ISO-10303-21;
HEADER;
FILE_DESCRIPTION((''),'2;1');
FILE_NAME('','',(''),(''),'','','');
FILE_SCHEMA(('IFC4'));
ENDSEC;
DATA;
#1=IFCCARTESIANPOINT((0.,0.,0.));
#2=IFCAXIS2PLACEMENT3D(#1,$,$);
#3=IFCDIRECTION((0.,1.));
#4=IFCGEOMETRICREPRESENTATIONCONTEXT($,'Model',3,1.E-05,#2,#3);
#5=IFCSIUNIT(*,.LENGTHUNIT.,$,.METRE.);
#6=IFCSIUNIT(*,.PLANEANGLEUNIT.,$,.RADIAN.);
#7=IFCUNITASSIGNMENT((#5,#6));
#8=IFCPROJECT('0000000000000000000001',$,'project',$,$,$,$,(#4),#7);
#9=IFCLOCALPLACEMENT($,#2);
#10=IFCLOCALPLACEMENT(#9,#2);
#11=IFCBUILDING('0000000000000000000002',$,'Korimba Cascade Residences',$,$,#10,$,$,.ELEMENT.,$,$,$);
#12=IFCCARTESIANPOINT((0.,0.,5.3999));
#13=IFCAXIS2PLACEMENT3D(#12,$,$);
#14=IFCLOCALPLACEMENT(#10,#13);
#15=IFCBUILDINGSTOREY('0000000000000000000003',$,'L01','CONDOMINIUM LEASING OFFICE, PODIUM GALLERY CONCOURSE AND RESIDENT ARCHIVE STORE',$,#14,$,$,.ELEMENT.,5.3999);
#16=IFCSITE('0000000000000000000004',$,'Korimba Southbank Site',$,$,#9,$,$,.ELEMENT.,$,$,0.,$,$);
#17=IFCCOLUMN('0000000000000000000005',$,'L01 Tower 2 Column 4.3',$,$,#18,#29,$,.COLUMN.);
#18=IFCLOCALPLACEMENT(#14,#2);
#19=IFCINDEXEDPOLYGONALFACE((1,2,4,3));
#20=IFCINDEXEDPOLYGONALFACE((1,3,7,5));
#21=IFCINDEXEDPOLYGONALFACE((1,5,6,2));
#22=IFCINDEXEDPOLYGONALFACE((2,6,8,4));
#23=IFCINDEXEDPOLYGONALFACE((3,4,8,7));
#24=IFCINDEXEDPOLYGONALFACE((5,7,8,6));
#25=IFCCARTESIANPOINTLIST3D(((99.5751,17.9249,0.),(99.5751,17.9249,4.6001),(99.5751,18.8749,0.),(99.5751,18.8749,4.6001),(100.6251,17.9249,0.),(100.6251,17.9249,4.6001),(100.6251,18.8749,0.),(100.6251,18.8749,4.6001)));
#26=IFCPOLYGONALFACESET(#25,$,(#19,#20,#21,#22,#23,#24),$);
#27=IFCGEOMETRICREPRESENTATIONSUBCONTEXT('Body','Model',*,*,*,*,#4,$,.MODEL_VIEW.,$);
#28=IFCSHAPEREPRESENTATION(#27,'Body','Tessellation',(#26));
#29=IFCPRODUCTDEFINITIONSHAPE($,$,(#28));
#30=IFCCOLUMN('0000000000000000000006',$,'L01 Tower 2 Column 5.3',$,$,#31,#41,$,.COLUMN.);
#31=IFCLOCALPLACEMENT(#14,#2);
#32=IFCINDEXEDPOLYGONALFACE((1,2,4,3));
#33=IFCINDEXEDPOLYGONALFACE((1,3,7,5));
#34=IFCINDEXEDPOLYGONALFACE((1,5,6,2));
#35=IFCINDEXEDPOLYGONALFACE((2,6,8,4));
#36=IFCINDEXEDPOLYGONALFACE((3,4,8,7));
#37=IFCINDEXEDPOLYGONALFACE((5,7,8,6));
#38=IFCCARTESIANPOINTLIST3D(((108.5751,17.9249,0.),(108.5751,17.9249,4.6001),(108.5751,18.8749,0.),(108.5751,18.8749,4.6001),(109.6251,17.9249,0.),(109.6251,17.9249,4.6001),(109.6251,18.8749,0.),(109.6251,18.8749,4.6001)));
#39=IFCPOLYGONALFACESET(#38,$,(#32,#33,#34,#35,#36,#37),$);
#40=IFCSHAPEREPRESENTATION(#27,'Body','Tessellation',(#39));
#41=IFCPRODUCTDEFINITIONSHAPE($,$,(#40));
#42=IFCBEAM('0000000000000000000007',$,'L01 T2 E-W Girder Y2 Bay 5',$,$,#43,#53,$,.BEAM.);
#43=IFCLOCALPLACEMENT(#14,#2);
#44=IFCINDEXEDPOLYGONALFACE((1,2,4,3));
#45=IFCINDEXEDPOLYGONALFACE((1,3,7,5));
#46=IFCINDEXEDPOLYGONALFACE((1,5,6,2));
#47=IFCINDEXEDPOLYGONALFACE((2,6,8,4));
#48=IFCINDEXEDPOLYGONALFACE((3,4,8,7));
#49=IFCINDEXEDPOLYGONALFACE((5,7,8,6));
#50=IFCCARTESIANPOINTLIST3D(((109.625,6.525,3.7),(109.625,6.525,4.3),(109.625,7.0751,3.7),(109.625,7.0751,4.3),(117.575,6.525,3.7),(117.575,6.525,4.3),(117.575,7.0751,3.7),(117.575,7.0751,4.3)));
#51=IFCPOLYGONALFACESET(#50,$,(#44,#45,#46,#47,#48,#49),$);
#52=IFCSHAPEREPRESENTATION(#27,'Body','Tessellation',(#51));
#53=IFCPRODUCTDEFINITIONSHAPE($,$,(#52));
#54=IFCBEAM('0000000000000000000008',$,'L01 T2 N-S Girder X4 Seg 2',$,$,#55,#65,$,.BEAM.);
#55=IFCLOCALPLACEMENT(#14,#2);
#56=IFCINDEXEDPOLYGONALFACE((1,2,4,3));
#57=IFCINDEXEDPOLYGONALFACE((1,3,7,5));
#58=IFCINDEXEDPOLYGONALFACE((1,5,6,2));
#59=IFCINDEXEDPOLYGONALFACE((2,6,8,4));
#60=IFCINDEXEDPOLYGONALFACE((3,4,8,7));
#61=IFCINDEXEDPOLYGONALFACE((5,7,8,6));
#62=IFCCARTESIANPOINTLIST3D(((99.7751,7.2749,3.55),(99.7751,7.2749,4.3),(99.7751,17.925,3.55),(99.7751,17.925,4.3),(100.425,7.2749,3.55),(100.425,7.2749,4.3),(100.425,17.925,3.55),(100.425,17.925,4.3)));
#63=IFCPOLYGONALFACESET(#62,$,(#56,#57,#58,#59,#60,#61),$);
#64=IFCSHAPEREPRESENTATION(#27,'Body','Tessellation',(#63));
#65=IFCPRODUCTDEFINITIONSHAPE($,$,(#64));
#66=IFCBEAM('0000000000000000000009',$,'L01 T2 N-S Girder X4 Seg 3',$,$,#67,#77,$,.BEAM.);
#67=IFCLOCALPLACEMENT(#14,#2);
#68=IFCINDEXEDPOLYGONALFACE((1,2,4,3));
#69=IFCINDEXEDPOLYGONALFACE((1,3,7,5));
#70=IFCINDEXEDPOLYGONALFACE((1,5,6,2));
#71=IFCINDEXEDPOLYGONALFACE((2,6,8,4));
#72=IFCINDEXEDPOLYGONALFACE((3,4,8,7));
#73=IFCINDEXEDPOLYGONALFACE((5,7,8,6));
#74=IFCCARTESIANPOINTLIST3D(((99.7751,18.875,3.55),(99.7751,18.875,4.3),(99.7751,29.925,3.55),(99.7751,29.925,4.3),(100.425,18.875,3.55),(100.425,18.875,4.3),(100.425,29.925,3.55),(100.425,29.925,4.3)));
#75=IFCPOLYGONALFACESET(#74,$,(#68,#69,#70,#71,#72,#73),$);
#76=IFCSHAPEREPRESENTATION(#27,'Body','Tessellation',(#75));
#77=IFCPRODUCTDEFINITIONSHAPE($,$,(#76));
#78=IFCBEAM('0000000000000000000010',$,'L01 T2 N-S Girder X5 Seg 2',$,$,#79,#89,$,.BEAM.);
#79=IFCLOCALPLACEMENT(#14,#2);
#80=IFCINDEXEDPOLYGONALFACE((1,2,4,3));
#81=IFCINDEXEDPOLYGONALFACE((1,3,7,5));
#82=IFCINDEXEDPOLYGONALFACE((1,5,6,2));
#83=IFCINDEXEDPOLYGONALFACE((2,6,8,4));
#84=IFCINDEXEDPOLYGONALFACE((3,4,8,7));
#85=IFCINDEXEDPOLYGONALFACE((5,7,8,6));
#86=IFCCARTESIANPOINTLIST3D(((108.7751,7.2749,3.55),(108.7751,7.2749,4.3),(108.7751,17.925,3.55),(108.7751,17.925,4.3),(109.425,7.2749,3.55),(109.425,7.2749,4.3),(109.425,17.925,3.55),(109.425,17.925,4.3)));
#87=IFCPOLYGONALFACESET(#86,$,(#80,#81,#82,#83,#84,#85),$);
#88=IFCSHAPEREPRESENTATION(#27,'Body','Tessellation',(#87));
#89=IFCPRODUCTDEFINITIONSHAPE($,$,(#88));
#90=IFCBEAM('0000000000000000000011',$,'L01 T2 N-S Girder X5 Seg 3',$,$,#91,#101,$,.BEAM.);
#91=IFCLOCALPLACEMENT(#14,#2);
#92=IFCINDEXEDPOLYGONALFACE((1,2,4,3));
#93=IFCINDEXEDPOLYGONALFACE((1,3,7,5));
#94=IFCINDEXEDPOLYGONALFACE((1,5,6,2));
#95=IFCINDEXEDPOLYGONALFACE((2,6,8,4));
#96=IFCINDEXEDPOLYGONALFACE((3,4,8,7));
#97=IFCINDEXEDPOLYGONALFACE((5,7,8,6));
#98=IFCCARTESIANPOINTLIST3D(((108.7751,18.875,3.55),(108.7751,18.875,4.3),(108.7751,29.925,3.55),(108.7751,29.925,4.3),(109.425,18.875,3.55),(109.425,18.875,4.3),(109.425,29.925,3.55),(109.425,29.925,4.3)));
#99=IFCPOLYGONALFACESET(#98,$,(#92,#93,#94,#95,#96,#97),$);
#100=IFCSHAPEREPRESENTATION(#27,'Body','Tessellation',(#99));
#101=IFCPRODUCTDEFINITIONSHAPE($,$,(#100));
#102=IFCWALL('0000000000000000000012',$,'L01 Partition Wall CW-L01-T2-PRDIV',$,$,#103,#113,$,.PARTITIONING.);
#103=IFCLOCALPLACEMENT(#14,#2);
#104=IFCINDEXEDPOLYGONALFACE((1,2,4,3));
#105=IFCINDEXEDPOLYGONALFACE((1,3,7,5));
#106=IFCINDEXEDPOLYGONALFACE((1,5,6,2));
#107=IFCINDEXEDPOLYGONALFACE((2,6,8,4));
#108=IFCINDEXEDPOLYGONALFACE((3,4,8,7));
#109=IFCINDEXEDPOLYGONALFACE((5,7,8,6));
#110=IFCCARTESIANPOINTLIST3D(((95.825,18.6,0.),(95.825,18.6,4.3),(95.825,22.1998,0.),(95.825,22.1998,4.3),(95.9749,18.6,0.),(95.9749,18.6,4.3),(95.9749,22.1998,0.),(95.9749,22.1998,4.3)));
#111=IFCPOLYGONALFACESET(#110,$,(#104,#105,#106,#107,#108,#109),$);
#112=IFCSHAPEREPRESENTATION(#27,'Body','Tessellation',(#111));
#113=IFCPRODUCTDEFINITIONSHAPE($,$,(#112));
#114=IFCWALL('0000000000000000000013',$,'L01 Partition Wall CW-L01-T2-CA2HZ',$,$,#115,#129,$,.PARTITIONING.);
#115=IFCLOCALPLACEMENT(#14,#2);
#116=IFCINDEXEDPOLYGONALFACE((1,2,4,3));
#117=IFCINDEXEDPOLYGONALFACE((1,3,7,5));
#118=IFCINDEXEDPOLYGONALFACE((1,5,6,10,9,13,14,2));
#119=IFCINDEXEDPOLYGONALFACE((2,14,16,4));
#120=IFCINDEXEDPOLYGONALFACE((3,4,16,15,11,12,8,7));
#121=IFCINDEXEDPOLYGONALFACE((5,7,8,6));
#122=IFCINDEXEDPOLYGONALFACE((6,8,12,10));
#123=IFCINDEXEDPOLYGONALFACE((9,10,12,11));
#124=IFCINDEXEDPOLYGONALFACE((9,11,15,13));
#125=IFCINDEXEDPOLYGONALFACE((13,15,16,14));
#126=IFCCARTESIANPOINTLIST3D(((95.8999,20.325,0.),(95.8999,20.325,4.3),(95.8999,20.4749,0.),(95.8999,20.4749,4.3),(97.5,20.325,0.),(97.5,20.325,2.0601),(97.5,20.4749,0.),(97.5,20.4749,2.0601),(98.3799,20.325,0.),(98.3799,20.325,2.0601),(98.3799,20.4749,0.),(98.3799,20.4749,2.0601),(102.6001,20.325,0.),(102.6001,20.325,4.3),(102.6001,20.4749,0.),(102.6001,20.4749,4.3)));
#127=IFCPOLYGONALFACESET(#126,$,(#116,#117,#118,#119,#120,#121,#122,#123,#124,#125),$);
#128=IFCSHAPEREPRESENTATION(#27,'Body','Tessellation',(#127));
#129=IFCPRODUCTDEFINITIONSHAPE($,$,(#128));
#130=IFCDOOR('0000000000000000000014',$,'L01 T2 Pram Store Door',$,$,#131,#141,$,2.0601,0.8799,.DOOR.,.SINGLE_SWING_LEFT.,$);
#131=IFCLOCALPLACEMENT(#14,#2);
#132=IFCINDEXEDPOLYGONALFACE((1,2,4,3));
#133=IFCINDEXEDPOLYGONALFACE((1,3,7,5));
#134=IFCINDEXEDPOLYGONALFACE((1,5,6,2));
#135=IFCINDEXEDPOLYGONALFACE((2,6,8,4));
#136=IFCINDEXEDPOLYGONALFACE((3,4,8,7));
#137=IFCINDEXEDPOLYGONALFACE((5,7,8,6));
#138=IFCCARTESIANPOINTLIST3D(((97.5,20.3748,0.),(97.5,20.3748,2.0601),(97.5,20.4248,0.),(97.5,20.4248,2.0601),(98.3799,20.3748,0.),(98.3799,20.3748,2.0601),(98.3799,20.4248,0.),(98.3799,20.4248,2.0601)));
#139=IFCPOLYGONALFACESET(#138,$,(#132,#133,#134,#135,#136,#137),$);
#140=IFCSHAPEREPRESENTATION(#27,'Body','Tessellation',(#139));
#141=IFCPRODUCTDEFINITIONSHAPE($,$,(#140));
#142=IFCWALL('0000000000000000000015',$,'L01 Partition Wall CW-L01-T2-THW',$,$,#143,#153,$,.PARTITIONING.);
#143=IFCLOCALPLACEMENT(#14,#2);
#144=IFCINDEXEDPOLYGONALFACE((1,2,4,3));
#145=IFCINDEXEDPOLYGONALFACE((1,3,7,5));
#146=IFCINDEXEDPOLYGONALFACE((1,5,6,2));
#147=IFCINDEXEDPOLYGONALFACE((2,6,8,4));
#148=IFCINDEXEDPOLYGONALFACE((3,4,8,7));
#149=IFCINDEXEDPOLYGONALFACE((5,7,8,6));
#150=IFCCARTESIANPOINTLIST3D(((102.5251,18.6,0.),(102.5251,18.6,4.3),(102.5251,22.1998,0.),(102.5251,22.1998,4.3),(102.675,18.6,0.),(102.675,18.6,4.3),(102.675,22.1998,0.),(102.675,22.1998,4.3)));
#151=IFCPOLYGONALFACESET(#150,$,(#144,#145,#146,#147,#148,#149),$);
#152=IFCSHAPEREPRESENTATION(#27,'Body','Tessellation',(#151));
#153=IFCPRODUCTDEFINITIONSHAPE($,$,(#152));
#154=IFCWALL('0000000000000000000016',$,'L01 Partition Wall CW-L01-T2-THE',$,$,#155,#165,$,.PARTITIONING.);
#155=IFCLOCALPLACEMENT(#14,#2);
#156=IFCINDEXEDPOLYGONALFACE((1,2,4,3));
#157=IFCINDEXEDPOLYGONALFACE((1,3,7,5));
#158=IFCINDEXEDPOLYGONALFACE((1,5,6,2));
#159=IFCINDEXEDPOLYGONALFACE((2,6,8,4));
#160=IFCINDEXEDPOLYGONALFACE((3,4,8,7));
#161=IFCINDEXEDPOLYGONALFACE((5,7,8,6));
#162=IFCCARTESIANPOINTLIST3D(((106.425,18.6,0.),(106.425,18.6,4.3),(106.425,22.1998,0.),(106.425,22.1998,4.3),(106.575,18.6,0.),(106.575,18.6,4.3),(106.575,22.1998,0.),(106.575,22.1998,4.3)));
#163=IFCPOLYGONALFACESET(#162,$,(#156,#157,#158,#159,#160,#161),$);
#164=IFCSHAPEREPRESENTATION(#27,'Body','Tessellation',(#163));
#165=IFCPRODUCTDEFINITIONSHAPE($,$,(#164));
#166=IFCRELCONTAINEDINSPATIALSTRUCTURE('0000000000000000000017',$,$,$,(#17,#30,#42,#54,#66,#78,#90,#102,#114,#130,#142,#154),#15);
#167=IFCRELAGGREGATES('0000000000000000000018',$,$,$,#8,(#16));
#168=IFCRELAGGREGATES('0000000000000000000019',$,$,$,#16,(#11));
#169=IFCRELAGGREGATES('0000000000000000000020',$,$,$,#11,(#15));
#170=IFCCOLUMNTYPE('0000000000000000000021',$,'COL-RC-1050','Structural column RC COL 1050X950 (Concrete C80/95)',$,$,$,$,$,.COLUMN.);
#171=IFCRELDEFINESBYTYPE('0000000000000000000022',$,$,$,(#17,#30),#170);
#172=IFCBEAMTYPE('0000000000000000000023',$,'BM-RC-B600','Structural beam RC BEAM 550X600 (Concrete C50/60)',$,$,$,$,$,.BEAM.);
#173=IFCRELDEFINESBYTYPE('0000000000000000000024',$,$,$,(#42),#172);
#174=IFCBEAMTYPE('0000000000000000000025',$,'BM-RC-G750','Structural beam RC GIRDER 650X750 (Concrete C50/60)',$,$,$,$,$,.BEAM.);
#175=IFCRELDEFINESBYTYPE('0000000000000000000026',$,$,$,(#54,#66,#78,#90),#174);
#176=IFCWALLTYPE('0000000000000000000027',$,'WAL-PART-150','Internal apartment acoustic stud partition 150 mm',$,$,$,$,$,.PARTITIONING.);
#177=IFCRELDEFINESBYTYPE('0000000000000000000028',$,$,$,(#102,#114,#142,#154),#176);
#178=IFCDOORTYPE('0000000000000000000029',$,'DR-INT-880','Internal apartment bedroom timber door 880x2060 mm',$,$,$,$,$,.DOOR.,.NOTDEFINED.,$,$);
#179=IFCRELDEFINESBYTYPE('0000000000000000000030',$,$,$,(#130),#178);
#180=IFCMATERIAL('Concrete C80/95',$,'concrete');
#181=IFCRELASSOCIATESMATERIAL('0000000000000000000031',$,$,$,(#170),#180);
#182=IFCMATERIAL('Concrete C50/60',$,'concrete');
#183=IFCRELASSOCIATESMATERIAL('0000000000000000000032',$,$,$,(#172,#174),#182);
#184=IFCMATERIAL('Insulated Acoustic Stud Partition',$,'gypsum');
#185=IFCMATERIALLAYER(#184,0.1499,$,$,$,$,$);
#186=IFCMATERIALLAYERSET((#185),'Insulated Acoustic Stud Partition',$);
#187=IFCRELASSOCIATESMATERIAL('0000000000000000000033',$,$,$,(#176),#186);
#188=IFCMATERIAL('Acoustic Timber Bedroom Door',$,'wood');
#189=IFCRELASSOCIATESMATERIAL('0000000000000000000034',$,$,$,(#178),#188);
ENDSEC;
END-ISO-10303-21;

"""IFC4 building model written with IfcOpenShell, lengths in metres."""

from ifc_helpers import new_model, si_unit, direction, frame, frame_2d, origin, origin_2d, place, context, subcontext, project, spatial, rectangle, extrude, material, layer, layer_set, material_profile, profile_set, type_object, element, fill, save


model = new_model("IFC4")

# Units and contexts
model_context = context("Model", 3, precision=1e-05, world=origin(), true_north=direction((0.0, 1.0)))
body_context = subcontext(model_context, "Body", "Model", "MODEL_VIEW")
ifc_project = project(units=[si_unit("LENGTHUNIT", "METRE"), si_unit("PLANEANGLEUNIT", "RADIAN")], contexts=[model_context])

# Site, building, storey
site_placement = place(None, origin())
site = spatial("IfcSite", under=ifc_project, at=site_placement, Name="Korimba Southbank Site", CompositionType="ELEMENT", RefElevation=0.0)
building_placement = place(site_placement, origin())
building = spatial("IfcBuilding", under=site, at=building_placement, Name="Korimba Cascade Residences", CompositionType="ELEMENT")
storey_placement = place(building_placement, frame((0.0, 0.0, 5.3999)))
storey = spatial("IfcBuildingStorey", under=building, at=storey_placement, Name="L01", Description="CONDOMINIUM LEASING OFFICE, PODIUM GALLERY CONCOURSE AND RESIDENT ARCHIVE STORE", CompositionType="ELEMENT", Elevation=5.3999)

# Columns
ifc_material_1 = material(Name="Concrete C80/95", Category="concrete")
ifc_material_profile_1 = material_profile(ifc_material_1, rectangle(XDim=1.05, YDim=0.95, at=origin_2d()), Name="Concrete C80/95")
ifc_profile_set_1 = profile_set([ifc_material_profile_1], Name="Concrete C80/95")
column_type = type_object("IfcColumnType", Name="COL-RC-1050", Description="Structural column RC COL 1050X950 (Concrete C80/95)", PredefinedType="COLUMN", material=ifc_profile_set_1)
for number, where, z_axis, x_axis, name in (
    (1, (100.1001, 18.3999, 0.0), (0.0, 0.0, 1.0), (1.0, 0.0, 0.0), "L01 Tower 2 Column 4.3"),
    (2, (109.1001, 18.3999, 0.0), (0.0, 0.0, 1.0), (1.0, 0.0, 0.0), "L01 Tower 2 Column 5.3"),
):
    element("IfcColumn", number, at=place(storey_placement, frame(where, z_axis=z_axis, x_axis=x_axis)), inside=storey, type_object=column_type, Name=name, PredefinedType="COLUMN", context=body_context, shape_type="SweptSolid", body=[
        extrude(rectangle(XDim=1.05, YDim=0.95, at=origin_2d()), origin(), (0.0, 0.0, 1.0), 4.6001),
    ])

# Beams
ifc_material_2 = material(Name="Concrete C50/60", Category="concrete")
ifc_material_profile_2 = material_profile(ifc_material_2, rectangle(XDim=0.55, YDim=0.6001, at=origin_2d()), Name="Concrete C50/60")
ifc_profile_set_2 = profile_set([ifc_material_profile_2], Name="Concrete C50/60")
beam_type_1 = type_object("IfcBeamType", Name="BM-RC-B600", Description="Structural beam RC BEAM 550X600 (Concrete C50/60)", PredefinedType="BEAM", material=ifc_profile_set_2)
beam_1_placement = place(storey_placement, frame((109.625, 6.8, 4.0), z_axis=(1.0, 0.0, 0.0), x_axis=(0.0, 1.0, 0.0)))
element("IfcBeam", 3, at=beam_1_placement, inside=storey, type_object=beam_type_1, Name="L01 T2 E-W Girder Y2 Bay 5", PredefinedType="BEAM", context=body_context, shape_type="SweptSolid", body=[
    extrude(rectangle(XDim=0.55, YDim=0.6001, at=origin_2d()), origin(), (0.0, 0.0, 1.0), 7.95),
])
ifc_material_profile_3 = material_profile(ifc_material_2, rectangle(XDim=0.6499, YDim=0.75, at=origin_2d()), Name="Concrete C50/60")
ifc_profile_set_3 = profile_set([ifc_material_profile_3], Name="Concrete C50/60")
beam_type_2 = type_object("IfcBeamType", Name="BM-RC-G750", Description="Structural beam RC GIRDER 650X750 (Concrete C50/60)", PredefinedType="BEAM", material=ifc_profile_set_3)
beam_2_placement = place(storey_placement, frame((100.1001, 7.2749, 3.925), z_axis=(0.0, 1.0, 0.0), x_axis=(-1.0, 0.0, 0.0)))
element("IfcBeam", 4, at=beam_2_placement, inside=storey, type_object=beam_type_2, Name="L01 T2 N-S Girder X4 Seg 2", PredefinedType="BEAM", context=body_context, shape_type="SweptSolid", body=[
    extrude(rectangle(XDim=0.6499, YDim=0.75, at=origin_2d()), origin(), (0.0, 0.0, 1.0), 10.6501),
])
beam_3_placement = place(storey_placement, frame((100.1001, 18.875, 3.925), z_axis=(0.0, 1.0, 0.0), x_axis=(-1.0, 0.0, 0.0)))
element("IfcBeam", 5, at=beam_3_placement, inside=storey, type_object=beam_type_2, Name="L01 T2 N-S Girder X4 Seg 3", PredefinedType="BEAM", context=body_context, shape_type="SweptSolid", body=[
    extrude(rectangle(XDim=0.6499, YDim=0.75, at=origin_2d()), origin(), (0.0, 0.0, 1.0), 11.05),
])
beam_4_placement = place(storey_placement, frame((109.1001, 7.2749, 3.925), z_axis=(0.0, 1.0, 0.0), x_axis=(-1.0, 0.0, 0.0)))
element("IfcBeam", 6, at=beam_4_placement, inside=storey, type_object=beam_type_2, Name="L01 T2 N-S Girder X5 Seg 2", PredefinedType="BEAM", context=body_context, shape_type="SweptSolid", body=[
    extrude(rectangle(XDim=0.6499, YDim=0.75, at=origin_2d()), origin(), (0.0, 0.0, 1.0), 10.6501),
])
beam_5_placement = place(storey_placement, frame((109.1001, 18.875, 3.925), z_axis=(0.0, 1.0, 0.0), x_axis=(-1.0, 0.0, 0.0)))
element("IfcBeam", 7, at=beam_5_placement, inside=storey, type_object=beam_type_2, Name="L01 T2 N-S Girder X5 Seg 3", PredefinedType="BEAM", context=body_context, shape_type="SweptSolid", body=[
    extrude(rectangle(XDim=0.6499, YDim=0.75, at=origin_2d()), origin(), (0.0, 0.0, 1.0), 11.05),
])

# Wall
ifc_material_3 = material(Name="Insulated Acoustic Stud Partition", Category="gypsum")
ifc_layer_1 = layer(ifc_material_3, 0.1499)
ifc_layer_set_1 = layer_set([ifc_layer_1], Name="Insulated Acoustic Stud Partition")
wall_type_1 = type_object("IfcWallType", Name="WAL-PART-150", Description="Internal apartment acoustic stud partition 150 mm", PredefinedType="PARTITIONING", material=ifc_layer_set_1)
wall_1_placement = place(storey_placement, frame((95.8999, 18.6001, 0.0), z_axis=(0.0, 0.0, 1.0), x_axis=(0.0, 1.0, 0.0)))
element("IfcWall", 8, at=wall_1_placement, inside=storey, type_object=wall_type_1, Name="L01 Partition Wall CW-L01-T2-PRDIV", PredefinedType="PARTITIONING", context=body_context, shape_type="SweptSolid", body=[
    extrude(rectangle(XDim=3.5999, YDim=0.1499, at=frame_2d((1.7998, 0.0))), origin(), (0.0, 0.0, 1.0), 4.3),
])

# Wall, opening, door
wall_2_placement = place(storey_placement, frame((95.8999, 20.3999, 0.0), z_axis=(0.0, 0.0, 1.0), x_axis=(1.0, 0.0, 0.0)))
wall_2 = element("IfcWall", 9, at=wall_2_placement, inside=storey, type_object=wall_type_1, Name="L01 Partition Wall CW-L01-T2-CA2HZ", PredefinedType="PARTITIONING", context=body_context, shape_type="SweptSolid", body=[
    extrude(rectangle(XDim=6.7002, YDim=0.1499, at=frame_2d((3.3501, 0.0))), origin(), (0.0, 0.0, 1.0), 4.3),
])
opening_1_placement = place(wall_2_placement, frame((1.6001, 0.0, 0.0)))
opening_1 = element("IfcOpeningElement", 10, at=opening_1_placement, cuts=wall_2, PredefinedType="OPENING", context=body_context, shape_type="SweptSolid", body=[
    extrude(rectangle(XDim=0.8799, YDim=2.0601, at=frame_2d((0.4399, 1.03))), frame((0.0, 0.085, 0.0), z_axis=(0.0, -1.0, 0.0), x_axis=(1.0, 0.0, 0.0)), (0.0, 0.0, 1.0), 0.1699),
])
ifc_material_4 = material(Name="Acoustic Timber Bedroom Door", Category="wood")
door_type_1 = type_object("IfcDoorType", Name="DR-INT-880", Description="Internal apartment bedroom timber door 880x2060 mm", OperationType="NOTDEFINED", PredefinedType="DOOR", material=ifc_material_4)
door_1_placement = place(opening_1_placement, origin())
door_1 = element("IfcDoor", 11, at=door_1_placement, inside=storey, type_object=door_type_1, Name="L01 T2 Pram Store Door", OperationType="SINGLE_SWING_LEFT", OverallHeight=2.0601, OverallWidth=0.8799, PredefinedType="DOOR", context=body_context, shape_type="SweptSolid", body=[
    extrude(rectangle(XDim=0.8799, YDim=2.0601, at=frame_2d((0.4399, 1.03))), frame((0.0, 0.0249, 0.0), z_axis=(0.0, -1.0, 0.0), x_axis=(1.0, 0.0, 0.0)), (0.0, 0.0, 1.0), 0.05),
])
fill(opening_1, door_1)

# Walls
for number, where, z_axis, x_axis, name in (
    (12, (102.6001, 18.6001, 0.0), (0.0, 0.0, 1.0), (0.0, 1.0, 0.0), "L01 Partition Wall CW-L01-T2-THW"),
    (13, (106.5, 18.6001, 0.0), (0.0, 0.0, 1.0), (0.0, 1.0, 0.0), "L01 Partition Wall CW-L01-T2-THE"),
):
    element("IfcWall", number, at=place(storey_placement, frame(where, z_axis=z_axis, x_axis=x_axis)), inside=storey, type_object=wall_type_1, Name=name, PredefinedType="PARTITIONING", context=body_context, shape_type="SweptSolid", body=[
        extrude(rectangle(XDim=3.5999, YDim=0.1499, at=frame_2d((1.7998, 0.0))), origin(), (0.0, 0.0, 1.0), 4.3),
    ])

save(model, "model.ifc")
